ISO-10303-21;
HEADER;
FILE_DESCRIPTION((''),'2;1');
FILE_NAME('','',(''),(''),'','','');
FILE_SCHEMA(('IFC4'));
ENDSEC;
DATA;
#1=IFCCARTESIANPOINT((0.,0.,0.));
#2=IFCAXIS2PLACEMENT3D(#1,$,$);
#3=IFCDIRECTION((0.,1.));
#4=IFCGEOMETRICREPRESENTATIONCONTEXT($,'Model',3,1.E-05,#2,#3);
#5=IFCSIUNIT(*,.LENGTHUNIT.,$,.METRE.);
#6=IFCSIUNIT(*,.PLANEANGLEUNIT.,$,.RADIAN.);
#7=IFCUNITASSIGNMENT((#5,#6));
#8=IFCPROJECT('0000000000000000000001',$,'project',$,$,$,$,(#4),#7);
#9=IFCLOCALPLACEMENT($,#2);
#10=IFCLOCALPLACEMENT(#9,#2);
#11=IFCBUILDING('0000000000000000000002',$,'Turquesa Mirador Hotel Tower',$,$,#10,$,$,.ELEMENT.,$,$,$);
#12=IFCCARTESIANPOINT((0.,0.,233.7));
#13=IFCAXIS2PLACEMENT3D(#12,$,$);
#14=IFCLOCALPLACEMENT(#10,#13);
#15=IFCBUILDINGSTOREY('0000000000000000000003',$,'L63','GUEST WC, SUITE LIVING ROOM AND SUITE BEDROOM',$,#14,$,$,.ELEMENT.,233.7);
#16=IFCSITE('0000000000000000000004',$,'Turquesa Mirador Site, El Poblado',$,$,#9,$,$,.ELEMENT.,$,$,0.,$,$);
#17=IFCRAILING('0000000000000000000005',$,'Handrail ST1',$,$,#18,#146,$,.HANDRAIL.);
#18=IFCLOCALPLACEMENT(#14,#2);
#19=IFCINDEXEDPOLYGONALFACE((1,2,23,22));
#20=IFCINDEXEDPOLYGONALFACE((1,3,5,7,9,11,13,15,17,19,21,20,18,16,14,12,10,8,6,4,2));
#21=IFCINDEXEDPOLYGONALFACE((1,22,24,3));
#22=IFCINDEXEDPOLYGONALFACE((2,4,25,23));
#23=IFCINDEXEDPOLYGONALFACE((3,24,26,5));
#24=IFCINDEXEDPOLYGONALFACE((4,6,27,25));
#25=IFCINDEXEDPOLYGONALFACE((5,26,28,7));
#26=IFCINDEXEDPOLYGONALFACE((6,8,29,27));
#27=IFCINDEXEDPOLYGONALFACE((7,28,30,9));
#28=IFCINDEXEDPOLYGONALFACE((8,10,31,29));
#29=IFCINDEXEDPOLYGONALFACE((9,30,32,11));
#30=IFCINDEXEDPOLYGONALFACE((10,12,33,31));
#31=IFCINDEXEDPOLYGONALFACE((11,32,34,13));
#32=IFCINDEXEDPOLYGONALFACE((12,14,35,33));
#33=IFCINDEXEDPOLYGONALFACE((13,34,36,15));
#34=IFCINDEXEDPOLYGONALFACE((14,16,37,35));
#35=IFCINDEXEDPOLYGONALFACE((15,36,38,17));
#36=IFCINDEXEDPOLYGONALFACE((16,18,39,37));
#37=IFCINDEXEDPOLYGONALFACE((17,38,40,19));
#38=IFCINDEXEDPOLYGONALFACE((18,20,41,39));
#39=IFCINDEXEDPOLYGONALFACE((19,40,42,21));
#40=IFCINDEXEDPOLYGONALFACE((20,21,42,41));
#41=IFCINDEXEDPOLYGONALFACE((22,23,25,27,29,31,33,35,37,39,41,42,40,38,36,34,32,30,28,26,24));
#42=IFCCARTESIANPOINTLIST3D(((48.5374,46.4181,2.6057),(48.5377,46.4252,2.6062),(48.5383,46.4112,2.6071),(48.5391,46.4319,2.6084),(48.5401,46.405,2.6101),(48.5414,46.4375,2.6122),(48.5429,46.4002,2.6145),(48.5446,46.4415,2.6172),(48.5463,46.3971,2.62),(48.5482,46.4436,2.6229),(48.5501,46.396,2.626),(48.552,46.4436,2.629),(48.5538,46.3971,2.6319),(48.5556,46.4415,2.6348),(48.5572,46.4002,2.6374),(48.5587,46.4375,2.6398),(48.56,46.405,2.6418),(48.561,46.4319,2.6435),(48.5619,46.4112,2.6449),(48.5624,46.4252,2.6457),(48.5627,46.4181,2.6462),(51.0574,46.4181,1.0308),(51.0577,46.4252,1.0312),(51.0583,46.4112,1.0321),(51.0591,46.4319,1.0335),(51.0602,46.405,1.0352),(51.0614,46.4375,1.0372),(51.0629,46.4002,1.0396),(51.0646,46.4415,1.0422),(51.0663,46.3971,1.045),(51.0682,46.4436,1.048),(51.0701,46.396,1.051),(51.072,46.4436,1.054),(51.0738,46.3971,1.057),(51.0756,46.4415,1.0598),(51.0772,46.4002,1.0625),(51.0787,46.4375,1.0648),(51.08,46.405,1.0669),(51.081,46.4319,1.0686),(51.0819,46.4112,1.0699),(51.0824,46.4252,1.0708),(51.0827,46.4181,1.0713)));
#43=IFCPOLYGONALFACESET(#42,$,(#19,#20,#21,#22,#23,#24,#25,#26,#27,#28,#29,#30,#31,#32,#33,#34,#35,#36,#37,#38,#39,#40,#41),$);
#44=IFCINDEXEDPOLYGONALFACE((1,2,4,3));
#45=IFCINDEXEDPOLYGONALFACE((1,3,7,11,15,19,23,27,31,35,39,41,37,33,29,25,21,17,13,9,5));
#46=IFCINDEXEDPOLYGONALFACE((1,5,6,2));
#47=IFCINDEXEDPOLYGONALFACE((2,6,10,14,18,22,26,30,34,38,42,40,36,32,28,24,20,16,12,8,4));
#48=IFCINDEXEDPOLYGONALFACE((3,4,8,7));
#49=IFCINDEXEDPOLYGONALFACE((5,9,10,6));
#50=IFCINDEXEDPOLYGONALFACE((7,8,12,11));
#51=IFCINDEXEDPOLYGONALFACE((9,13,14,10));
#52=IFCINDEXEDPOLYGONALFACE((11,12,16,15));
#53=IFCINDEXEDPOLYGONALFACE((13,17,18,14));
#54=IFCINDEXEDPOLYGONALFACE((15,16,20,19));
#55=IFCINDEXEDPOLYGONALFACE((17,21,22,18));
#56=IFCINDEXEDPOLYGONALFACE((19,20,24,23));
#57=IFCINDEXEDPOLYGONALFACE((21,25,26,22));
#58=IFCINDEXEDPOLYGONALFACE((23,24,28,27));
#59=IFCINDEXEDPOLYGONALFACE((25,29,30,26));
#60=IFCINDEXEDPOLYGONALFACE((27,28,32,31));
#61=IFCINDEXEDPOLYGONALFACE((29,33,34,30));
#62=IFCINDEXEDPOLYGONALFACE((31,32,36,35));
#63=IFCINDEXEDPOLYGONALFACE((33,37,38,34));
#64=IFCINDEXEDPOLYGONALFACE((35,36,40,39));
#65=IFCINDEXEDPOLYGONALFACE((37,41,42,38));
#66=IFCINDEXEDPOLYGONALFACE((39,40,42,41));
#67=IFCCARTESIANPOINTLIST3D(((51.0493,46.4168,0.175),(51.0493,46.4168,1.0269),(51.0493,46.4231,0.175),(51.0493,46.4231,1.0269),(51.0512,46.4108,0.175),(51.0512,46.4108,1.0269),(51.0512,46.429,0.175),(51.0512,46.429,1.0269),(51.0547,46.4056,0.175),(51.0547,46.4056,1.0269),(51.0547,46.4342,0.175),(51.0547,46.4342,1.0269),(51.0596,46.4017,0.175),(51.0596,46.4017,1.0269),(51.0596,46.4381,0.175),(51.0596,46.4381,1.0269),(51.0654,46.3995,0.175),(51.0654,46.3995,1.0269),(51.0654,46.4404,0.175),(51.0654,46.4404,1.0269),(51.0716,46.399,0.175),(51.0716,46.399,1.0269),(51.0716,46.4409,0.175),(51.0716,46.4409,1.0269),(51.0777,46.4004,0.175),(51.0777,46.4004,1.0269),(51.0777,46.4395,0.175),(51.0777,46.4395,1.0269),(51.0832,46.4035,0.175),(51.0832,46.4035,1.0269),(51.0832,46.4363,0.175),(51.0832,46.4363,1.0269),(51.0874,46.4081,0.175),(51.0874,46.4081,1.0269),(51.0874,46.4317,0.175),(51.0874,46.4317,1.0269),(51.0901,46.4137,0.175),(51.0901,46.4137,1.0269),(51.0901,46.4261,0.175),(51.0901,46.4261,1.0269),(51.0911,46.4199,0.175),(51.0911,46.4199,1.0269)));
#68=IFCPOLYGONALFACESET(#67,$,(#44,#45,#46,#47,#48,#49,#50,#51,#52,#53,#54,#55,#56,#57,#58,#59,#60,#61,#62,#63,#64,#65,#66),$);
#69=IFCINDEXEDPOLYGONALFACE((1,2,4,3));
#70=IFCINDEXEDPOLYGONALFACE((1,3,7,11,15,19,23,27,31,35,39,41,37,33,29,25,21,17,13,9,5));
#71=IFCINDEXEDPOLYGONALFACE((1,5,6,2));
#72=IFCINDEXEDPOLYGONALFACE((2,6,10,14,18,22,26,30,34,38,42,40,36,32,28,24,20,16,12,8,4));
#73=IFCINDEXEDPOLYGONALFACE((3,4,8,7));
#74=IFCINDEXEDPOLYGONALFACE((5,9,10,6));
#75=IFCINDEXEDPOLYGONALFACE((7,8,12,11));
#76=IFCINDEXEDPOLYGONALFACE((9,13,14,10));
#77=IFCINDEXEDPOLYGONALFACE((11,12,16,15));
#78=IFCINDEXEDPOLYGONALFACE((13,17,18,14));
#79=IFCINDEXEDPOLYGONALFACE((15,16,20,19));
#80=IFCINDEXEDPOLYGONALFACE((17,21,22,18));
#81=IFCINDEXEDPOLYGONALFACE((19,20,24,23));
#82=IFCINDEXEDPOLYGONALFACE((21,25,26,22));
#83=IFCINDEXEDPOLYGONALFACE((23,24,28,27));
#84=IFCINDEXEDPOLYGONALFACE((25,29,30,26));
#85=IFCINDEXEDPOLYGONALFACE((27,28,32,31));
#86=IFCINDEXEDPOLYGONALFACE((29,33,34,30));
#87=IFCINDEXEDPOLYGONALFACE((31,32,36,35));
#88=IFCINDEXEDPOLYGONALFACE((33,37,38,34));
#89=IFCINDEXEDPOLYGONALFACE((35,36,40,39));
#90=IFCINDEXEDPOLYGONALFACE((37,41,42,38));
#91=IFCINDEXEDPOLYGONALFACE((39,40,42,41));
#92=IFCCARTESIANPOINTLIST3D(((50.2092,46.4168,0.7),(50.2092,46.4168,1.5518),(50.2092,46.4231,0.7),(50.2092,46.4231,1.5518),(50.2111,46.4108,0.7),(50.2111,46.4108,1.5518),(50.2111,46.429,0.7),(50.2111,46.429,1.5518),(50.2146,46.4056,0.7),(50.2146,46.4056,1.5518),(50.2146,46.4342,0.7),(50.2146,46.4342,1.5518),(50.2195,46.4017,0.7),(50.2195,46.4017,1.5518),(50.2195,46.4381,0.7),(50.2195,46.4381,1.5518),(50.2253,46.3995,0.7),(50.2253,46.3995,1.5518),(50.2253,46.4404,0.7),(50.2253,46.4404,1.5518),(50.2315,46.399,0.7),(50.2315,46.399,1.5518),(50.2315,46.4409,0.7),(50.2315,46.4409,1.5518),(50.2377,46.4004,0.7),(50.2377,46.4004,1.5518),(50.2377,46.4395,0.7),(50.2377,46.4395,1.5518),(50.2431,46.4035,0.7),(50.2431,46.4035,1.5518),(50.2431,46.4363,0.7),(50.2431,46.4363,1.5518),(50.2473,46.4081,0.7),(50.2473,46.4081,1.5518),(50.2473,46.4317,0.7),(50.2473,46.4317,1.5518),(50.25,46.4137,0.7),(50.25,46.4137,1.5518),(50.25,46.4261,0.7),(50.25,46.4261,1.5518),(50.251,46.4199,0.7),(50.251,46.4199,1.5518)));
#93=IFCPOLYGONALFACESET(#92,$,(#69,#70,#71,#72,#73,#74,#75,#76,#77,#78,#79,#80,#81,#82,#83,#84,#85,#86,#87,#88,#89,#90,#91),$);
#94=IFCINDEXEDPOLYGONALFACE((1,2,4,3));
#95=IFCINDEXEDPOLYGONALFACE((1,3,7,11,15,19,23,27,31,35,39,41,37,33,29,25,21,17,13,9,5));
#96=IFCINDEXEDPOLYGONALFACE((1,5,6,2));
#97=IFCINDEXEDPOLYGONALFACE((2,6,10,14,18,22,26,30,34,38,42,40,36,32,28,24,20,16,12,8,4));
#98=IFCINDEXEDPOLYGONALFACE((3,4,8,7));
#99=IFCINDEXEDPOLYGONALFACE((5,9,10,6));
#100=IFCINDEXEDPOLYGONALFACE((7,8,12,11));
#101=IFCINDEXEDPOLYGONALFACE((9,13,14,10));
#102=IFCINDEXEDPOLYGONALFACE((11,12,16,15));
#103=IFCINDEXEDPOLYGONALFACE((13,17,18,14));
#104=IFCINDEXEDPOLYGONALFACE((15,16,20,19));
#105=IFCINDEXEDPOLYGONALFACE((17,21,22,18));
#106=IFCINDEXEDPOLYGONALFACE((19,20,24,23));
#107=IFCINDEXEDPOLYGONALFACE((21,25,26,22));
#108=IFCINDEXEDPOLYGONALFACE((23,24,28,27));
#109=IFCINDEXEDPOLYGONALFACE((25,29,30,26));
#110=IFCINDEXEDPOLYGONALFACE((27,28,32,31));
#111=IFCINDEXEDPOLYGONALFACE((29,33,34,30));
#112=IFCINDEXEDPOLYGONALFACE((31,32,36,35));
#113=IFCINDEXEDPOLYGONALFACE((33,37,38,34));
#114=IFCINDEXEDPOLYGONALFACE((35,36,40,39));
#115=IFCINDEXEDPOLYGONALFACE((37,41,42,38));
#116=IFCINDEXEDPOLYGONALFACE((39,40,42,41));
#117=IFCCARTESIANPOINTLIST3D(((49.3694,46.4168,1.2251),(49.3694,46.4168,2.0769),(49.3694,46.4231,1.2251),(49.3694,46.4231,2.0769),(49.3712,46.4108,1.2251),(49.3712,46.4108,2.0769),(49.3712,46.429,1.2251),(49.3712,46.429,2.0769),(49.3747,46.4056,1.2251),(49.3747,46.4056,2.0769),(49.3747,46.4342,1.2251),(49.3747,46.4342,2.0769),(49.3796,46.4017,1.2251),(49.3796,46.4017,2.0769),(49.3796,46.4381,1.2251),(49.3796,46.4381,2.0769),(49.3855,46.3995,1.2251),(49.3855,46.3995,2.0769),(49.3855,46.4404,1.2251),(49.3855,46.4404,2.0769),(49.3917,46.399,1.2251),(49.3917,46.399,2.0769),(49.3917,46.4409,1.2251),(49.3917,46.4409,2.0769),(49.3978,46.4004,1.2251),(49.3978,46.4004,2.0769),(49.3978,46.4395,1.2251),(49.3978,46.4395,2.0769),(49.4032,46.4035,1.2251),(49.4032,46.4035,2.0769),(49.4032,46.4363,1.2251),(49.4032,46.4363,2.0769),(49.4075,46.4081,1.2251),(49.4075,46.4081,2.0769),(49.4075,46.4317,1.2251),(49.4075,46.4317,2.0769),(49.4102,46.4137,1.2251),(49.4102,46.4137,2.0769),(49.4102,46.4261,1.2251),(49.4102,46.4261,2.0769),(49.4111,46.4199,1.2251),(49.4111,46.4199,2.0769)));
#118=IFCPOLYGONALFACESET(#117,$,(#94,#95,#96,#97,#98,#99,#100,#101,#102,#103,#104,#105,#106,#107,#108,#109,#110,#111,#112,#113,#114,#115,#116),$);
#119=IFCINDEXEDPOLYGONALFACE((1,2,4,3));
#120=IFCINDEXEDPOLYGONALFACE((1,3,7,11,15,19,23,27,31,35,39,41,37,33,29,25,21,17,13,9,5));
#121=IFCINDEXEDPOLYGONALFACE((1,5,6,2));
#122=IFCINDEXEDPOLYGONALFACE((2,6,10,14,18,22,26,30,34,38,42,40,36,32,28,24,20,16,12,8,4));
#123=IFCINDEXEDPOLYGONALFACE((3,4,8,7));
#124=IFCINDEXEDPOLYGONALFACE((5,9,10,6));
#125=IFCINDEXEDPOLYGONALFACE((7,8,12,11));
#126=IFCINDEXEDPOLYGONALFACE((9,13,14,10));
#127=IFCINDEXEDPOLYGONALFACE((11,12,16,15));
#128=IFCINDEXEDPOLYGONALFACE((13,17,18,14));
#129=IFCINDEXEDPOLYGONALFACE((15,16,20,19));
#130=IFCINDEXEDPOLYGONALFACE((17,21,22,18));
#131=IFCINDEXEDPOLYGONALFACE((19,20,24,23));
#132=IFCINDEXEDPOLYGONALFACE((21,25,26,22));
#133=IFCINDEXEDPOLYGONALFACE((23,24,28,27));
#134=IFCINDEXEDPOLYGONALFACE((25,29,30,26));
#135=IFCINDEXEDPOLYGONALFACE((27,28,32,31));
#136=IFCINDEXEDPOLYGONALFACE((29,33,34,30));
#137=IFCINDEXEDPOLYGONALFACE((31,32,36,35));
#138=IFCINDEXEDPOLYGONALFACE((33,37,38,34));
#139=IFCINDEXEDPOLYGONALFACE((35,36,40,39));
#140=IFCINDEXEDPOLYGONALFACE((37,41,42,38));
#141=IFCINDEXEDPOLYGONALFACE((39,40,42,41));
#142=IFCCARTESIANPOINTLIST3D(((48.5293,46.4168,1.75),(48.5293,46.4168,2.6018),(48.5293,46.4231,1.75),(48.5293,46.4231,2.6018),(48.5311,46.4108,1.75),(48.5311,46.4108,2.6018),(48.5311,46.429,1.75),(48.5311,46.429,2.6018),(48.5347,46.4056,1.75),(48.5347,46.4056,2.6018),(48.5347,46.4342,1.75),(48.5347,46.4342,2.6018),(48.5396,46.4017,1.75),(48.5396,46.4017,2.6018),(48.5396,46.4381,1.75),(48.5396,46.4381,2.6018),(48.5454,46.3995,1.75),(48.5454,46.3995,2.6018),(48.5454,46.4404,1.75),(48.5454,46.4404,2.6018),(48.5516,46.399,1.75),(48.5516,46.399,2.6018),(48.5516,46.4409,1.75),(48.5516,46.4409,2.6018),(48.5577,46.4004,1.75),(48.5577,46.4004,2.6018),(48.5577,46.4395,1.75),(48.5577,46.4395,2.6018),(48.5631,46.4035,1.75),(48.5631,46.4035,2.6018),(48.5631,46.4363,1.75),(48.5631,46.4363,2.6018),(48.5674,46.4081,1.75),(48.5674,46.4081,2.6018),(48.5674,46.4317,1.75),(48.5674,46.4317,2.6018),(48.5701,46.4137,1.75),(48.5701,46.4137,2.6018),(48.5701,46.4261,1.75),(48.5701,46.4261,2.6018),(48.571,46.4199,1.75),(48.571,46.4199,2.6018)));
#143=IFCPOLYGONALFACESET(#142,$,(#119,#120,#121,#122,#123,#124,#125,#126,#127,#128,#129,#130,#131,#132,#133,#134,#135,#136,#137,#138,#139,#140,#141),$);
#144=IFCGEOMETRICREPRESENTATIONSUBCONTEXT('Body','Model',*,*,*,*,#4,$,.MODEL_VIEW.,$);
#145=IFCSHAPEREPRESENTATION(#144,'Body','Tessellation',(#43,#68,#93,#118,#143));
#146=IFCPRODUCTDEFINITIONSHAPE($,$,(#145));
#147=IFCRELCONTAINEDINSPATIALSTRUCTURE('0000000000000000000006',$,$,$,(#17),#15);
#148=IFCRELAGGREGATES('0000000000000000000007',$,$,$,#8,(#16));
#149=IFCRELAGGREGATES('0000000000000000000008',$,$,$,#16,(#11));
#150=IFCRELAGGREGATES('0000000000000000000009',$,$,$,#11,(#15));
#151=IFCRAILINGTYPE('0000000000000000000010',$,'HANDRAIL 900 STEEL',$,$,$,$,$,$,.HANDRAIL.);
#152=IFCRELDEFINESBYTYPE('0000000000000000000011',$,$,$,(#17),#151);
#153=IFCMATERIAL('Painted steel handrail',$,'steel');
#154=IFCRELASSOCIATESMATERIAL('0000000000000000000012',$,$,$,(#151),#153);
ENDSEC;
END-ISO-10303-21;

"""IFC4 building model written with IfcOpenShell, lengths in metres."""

from ifc_helpers import new_model, si_unit, direction, frame, origin, origin_2d, place, context, subcontext, project, spatial, circle, extrude, material, type_object, element, save


model = new_model("IFC4")

# Units and contexts
model_context = context("Model", 3, precision=1e-05, world=origin(), true_north=direction((0.0, 1.0)))
body_context = subcontext(model_context, "Body", "Model", "MODEL_VIEW")
ifc_project = project(units=[si_unit("LENGTHUNIT", "METRE"), si_unit("PLANEANGLEUNIT", "RADIAN")], contexts=[model_context])

# Site, building, storey
site_placement = place(None, origin())
site = spatial("IfcSite", under=ifc_project, at=site_placement, Name="Turquesa Mirador Site, El Poblado", CompositionType="ELEMENT", RefElevation=0.0)
building_placement = place(site_placement, origin())
building = spatial("IfcBuilding", under=site, at=building_placement, Name="Turquesa Mirador Hotel Tower", CompositionType="ELEMENT")
storey_placement = place(building_placement, frame((0.0, 0.0, 233.7)))
storey = spatial("IfcBuildingStorey", under=building, at=storey_placement, Name="L63", Description="GUEST WC, SUITE LIVING ROOM AND SUITE BEDROOM", CompositionType="ELEMENT", Elevation=233.7)

# Railing
ifc_material_1 = material(Name="Painted steel handrail", Category="steel")
railing_type = type_object("IfcRailingType", Name="HANDRAIL 900 STEEL", PredefinedType="HANDRAIL", material=ifc_material_1)
railing_1_placement = place(storey_placement, frame((51.0701, 46.4199, 0.175)))
element("IfcRailing", 1, at=railing_1_placement, inside=storey, type_object=railing_type, Name="Handrail ST1", PredefinedType="HANDRAIL", context=body_context, shape_type="SweptSolid", body=[
    extrude(circle(Radius=0.0239, at=origin_2d()), frame((0.0, 0.0, 0.876), z_axis=(-0.848008, 0.0, 0.529984), x_axis=(0.0, -1.0, 0.0)), (0.0, 0.0, 1.0), 2.9717),
    extrude(circle(Radius=0.021, at=origin_2d()), origin(), (0.0, 0.0, 1.0), 0.8518),
    extrude(circle(Radius=0.021, at=origin_2d()), frame((-0.8401, 0.0, 0.5249)), (0.0, 0.0, 1.0), 0.8518),
    extrude(circle(Radius=0.021, at=origin_2d()), frame((-1.6799, 0.0, 1.05)), (0.0, 0.0, 1.0), 0.8518),
    extrude(circle(Radius=0.021, at=origin_2d()), frame((-2.52, 0.0, 1.575)), (0.0, 0.0, 1.0), 0.8518),
])

save(model, "model.ifc")
